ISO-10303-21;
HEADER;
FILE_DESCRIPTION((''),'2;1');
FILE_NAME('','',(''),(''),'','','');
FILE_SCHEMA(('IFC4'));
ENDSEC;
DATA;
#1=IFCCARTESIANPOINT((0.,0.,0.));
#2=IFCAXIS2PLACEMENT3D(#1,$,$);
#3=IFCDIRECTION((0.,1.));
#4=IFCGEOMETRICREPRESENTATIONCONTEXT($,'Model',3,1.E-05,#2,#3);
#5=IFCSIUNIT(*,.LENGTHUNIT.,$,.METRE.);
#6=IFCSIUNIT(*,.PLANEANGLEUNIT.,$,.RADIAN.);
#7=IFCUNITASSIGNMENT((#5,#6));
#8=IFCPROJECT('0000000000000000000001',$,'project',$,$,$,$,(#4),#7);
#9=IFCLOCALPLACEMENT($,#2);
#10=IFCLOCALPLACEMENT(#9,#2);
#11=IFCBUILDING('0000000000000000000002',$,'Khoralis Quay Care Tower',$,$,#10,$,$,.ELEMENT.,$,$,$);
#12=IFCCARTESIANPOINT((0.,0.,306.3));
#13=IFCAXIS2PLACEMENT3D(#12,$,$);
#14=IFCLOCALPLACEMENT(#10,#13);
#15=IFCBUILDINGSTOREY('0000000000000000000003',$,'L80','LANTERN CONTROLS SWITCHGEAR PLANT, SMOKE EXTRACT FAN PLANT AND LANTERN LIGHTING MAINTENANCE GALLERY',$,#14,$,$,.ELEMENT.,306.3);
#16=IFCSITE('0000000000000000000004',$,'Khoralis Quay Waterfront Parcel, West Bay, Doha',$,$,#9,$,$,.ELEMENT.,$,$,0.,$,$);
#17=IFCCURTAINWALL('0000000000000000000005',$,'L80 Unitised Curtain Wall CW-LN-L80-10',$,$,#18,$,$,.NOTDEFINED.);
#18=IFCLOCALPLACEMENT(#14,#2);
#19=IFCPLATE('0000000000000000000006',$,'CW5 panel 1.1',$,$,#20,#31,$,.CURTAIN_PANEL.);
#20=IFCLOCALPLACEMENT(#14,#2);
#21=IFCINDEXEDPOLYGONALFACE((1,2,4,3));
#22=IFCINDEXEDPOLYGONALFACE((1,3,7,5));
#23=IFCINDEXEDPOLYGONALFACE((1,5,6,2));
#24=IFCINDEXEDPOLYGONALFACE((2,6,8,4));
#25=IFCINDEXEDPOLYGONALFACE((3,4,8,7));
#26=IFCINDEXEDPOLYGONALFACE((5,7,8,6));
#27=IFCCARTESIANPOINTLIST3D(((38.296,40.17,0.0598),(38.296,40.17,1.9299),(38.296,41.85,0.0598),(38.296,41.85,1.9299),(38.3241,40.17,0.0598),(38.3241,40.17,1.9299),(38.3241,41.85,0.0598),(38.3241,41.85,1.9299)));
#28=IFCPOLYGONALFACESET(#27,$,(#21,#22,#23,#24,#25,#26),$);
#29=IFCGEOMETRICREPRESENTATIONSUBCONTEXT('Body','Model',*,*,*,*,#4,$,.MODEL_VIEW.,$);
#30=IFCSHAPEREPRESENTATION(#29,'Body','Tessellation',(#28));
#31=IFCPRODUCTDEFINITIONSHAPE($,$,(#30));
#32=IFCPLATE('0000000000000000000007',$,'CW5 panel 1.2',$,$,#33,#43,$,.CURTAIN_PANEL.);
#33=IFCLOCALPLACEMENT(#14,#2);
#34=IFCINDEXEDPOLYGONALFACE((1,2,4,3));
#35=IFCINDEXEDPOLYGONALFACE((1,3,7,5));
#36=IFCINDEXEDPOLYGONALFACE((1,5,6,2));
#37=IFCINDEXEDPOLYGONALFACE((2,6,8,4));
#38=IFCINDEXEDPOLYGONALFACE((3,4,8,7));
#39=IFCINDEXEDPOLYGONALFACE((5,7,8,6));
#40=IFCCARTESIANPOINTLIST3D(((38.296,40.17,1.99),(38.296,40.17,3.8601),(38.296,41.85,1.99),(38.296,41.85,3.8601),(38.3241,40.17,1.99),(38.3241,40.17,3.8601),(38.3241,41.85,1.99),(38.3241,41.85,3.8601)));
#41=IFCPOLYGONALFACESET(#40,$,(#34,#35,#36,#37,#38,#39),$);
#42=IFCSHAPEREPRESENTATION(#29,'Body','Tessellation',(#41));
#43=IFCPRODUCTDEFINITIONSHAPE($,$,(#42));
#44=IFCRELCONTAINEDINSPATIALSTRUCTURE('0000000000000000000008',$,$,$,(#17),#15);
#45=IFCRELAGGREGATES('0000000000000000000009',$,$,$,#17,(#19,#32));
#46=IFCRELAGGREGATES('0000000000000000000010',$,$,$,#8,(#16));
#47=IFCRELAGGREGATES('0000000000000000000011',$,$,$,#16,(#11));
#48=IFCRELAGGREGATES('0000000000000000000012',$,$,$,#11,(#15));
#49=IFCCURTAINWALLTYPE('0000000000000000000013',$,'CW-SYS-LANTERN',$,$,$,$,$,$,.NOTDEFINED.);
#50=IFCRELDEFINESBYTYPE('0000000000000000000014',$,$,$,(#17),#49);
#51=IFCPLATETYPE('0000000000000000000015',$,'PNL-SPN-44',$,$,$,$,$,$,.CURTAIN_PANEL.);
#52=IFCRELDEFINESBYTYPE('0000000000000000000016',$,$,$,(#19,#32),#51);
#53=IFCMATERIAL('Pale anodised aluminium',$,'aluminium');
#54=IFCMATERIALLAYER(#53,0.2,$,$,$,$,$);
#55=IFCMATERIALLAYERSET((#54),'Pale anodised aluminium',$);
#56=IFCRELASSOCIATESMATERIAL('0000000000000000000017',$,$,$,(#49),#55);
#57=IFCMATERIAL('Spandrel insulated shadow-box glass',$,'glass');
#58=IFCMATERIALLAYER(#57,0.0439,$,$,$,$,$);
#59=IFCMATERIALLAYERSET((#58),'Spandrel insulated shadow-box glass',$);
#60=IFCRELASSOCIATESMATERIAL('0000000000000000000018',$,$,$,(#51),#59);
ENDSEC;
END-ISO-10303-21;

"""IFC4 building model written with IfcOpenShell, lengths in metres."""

from ifc_helpers import new_model, si_unit, direction, frame, origin, origin_2d, place, context, subcontext, project, spatial, rectangle, extrude, source, transform, mapped, material, layer, layer_set, type_object, element, aggregate, save


model = new_model("IFC4")

# Units and contexts
model_context = context("Model", 3, precision=1e-05, world=origin(), true_north=direction((0.0, 1.0)))
body_context = subcontext(model_context, "Body", "Model", "MODEL_VIEW")
ifc_project = project(units=[si_unit("LENGTHUNIT", "METRE"), si_unit("PLANEANGLEUNIT", "RADIAN")], contexts=[model_context])

# Site, building, storey
site_placement = place(None, origin())
site = spatial("IfcSite", under=ifc_project, at=site_placement, Name="Khoralis Quay Waterfront Parcel, West Bay, Doha", CompositionType="ELEMENT", RefElevation=0.0)
building_placement = place(site_placement, origin())
building = spatial("IfcBuilding", under=site, at=building_placement, Name="Khoralis Quay Care Tower", CompositionType="ELEMENT")
storey_placement = place(building_placement, frame((0.0, 0.0, 306.3)))
storey = spatial("IfcBuildingStorey", under=building, at=storey_placement, Name="L80", Description="LANTERN CONTROLS SWITCHGEAR PLANT, SMOKE EXTRACT FAN PLANT AND LANTERN LIGHTING MAINTENANCE GALLERY", CompositionType="ELEMENT", Elevation=306.3)

# Curtain wall
ifc_material_1 = material(Name="Pale anodised aluminium", Category="aluminium")
ifc_layer_1 = layer(ifc_material_1, 0.2)
ifc_layer_set_1 = layer_set([ifc_layer_1], Name="Pale anodised aluminium")
curtain_wall_type = type_object("IfcCurtainWallType", Name="CW-SYS-LANTERN", PredefinedType="NOTDEFINED", material=ifc_layer_set_1)
curtain_wall_1_placement = place(storey_placement, origin())
curtain_wall_1 = element("IfcCurtainWall", 1, at=curtain_wall_1_placement, inside=storey, type_object=curtain_wall_type, Name="L80 Unitised Curtain Wall CW-LN-L80-10", PredefinedType="NOTDEFINED")

# Plates
ifc_material_2 = material(Name="Spandrel insulated shadow-box glass", Category="glass")
ifc_layer_2 = layer(ifc_material_2, 0.0439)
ifc_layer_set_2 = layer_set([ifc_layer_2], Name="Spandrel insulated shadow-box glass")
plate_type = type_object("IfcPlateType", Name="PNL-SPN-44", PredefinedType="CURTAIN_PANEL", material=ifc_layer_set_2)
shared_shape_1 = source(origin(), body_context, "Body", "SweptSolid", [
    extrude(rectangle(XDim=1.6799, YDim=0.0281, at=origin_2d()), origin(), (0.0, 0.0, 1.0), 1.8701),
])
plate_1_placement = place(storey_placement, frame((38.3101, 41.01, 0.0598), z_axis=(0.0, 0.0, 1.0), x_axis=(0.0, 1.0, 0.0)))
plate_1 = element("IfcPlate", 2, at=plate_1_placement, type_object=plate_type, Name="CW5 panel 1.1", PredefinedType="CURTAIN_PANEL", context=body_context, shape_type="MappedRepresentation", body=[
    mapped(shared_shape_1, transform((0.0, 0.0, 0.0), scale=1.0)),
])
plate_2_placement = place(storey_placement, frame((38.3101, 41.01, 1.99), z_axis=(0.0, 0.0, 1.0), x_axis=(0.0, 1.0, 0.0)))
plate_2 = element("IfcPlate", 3, at=plate_2_placement, type_object=plate_type, Name="CW5 panel 1.2", PredefinedType="CURTAIN_PANEL", context=body_context, shape_type="MappedRepresentation", body=[
    mapped(shared_shape_1, transform((0.0, 0.0, 0.0), scale=1.0)),
])
aggregate(curtain_wall_1, [plate_1, plate_2])

save(model, "model.ifc")
